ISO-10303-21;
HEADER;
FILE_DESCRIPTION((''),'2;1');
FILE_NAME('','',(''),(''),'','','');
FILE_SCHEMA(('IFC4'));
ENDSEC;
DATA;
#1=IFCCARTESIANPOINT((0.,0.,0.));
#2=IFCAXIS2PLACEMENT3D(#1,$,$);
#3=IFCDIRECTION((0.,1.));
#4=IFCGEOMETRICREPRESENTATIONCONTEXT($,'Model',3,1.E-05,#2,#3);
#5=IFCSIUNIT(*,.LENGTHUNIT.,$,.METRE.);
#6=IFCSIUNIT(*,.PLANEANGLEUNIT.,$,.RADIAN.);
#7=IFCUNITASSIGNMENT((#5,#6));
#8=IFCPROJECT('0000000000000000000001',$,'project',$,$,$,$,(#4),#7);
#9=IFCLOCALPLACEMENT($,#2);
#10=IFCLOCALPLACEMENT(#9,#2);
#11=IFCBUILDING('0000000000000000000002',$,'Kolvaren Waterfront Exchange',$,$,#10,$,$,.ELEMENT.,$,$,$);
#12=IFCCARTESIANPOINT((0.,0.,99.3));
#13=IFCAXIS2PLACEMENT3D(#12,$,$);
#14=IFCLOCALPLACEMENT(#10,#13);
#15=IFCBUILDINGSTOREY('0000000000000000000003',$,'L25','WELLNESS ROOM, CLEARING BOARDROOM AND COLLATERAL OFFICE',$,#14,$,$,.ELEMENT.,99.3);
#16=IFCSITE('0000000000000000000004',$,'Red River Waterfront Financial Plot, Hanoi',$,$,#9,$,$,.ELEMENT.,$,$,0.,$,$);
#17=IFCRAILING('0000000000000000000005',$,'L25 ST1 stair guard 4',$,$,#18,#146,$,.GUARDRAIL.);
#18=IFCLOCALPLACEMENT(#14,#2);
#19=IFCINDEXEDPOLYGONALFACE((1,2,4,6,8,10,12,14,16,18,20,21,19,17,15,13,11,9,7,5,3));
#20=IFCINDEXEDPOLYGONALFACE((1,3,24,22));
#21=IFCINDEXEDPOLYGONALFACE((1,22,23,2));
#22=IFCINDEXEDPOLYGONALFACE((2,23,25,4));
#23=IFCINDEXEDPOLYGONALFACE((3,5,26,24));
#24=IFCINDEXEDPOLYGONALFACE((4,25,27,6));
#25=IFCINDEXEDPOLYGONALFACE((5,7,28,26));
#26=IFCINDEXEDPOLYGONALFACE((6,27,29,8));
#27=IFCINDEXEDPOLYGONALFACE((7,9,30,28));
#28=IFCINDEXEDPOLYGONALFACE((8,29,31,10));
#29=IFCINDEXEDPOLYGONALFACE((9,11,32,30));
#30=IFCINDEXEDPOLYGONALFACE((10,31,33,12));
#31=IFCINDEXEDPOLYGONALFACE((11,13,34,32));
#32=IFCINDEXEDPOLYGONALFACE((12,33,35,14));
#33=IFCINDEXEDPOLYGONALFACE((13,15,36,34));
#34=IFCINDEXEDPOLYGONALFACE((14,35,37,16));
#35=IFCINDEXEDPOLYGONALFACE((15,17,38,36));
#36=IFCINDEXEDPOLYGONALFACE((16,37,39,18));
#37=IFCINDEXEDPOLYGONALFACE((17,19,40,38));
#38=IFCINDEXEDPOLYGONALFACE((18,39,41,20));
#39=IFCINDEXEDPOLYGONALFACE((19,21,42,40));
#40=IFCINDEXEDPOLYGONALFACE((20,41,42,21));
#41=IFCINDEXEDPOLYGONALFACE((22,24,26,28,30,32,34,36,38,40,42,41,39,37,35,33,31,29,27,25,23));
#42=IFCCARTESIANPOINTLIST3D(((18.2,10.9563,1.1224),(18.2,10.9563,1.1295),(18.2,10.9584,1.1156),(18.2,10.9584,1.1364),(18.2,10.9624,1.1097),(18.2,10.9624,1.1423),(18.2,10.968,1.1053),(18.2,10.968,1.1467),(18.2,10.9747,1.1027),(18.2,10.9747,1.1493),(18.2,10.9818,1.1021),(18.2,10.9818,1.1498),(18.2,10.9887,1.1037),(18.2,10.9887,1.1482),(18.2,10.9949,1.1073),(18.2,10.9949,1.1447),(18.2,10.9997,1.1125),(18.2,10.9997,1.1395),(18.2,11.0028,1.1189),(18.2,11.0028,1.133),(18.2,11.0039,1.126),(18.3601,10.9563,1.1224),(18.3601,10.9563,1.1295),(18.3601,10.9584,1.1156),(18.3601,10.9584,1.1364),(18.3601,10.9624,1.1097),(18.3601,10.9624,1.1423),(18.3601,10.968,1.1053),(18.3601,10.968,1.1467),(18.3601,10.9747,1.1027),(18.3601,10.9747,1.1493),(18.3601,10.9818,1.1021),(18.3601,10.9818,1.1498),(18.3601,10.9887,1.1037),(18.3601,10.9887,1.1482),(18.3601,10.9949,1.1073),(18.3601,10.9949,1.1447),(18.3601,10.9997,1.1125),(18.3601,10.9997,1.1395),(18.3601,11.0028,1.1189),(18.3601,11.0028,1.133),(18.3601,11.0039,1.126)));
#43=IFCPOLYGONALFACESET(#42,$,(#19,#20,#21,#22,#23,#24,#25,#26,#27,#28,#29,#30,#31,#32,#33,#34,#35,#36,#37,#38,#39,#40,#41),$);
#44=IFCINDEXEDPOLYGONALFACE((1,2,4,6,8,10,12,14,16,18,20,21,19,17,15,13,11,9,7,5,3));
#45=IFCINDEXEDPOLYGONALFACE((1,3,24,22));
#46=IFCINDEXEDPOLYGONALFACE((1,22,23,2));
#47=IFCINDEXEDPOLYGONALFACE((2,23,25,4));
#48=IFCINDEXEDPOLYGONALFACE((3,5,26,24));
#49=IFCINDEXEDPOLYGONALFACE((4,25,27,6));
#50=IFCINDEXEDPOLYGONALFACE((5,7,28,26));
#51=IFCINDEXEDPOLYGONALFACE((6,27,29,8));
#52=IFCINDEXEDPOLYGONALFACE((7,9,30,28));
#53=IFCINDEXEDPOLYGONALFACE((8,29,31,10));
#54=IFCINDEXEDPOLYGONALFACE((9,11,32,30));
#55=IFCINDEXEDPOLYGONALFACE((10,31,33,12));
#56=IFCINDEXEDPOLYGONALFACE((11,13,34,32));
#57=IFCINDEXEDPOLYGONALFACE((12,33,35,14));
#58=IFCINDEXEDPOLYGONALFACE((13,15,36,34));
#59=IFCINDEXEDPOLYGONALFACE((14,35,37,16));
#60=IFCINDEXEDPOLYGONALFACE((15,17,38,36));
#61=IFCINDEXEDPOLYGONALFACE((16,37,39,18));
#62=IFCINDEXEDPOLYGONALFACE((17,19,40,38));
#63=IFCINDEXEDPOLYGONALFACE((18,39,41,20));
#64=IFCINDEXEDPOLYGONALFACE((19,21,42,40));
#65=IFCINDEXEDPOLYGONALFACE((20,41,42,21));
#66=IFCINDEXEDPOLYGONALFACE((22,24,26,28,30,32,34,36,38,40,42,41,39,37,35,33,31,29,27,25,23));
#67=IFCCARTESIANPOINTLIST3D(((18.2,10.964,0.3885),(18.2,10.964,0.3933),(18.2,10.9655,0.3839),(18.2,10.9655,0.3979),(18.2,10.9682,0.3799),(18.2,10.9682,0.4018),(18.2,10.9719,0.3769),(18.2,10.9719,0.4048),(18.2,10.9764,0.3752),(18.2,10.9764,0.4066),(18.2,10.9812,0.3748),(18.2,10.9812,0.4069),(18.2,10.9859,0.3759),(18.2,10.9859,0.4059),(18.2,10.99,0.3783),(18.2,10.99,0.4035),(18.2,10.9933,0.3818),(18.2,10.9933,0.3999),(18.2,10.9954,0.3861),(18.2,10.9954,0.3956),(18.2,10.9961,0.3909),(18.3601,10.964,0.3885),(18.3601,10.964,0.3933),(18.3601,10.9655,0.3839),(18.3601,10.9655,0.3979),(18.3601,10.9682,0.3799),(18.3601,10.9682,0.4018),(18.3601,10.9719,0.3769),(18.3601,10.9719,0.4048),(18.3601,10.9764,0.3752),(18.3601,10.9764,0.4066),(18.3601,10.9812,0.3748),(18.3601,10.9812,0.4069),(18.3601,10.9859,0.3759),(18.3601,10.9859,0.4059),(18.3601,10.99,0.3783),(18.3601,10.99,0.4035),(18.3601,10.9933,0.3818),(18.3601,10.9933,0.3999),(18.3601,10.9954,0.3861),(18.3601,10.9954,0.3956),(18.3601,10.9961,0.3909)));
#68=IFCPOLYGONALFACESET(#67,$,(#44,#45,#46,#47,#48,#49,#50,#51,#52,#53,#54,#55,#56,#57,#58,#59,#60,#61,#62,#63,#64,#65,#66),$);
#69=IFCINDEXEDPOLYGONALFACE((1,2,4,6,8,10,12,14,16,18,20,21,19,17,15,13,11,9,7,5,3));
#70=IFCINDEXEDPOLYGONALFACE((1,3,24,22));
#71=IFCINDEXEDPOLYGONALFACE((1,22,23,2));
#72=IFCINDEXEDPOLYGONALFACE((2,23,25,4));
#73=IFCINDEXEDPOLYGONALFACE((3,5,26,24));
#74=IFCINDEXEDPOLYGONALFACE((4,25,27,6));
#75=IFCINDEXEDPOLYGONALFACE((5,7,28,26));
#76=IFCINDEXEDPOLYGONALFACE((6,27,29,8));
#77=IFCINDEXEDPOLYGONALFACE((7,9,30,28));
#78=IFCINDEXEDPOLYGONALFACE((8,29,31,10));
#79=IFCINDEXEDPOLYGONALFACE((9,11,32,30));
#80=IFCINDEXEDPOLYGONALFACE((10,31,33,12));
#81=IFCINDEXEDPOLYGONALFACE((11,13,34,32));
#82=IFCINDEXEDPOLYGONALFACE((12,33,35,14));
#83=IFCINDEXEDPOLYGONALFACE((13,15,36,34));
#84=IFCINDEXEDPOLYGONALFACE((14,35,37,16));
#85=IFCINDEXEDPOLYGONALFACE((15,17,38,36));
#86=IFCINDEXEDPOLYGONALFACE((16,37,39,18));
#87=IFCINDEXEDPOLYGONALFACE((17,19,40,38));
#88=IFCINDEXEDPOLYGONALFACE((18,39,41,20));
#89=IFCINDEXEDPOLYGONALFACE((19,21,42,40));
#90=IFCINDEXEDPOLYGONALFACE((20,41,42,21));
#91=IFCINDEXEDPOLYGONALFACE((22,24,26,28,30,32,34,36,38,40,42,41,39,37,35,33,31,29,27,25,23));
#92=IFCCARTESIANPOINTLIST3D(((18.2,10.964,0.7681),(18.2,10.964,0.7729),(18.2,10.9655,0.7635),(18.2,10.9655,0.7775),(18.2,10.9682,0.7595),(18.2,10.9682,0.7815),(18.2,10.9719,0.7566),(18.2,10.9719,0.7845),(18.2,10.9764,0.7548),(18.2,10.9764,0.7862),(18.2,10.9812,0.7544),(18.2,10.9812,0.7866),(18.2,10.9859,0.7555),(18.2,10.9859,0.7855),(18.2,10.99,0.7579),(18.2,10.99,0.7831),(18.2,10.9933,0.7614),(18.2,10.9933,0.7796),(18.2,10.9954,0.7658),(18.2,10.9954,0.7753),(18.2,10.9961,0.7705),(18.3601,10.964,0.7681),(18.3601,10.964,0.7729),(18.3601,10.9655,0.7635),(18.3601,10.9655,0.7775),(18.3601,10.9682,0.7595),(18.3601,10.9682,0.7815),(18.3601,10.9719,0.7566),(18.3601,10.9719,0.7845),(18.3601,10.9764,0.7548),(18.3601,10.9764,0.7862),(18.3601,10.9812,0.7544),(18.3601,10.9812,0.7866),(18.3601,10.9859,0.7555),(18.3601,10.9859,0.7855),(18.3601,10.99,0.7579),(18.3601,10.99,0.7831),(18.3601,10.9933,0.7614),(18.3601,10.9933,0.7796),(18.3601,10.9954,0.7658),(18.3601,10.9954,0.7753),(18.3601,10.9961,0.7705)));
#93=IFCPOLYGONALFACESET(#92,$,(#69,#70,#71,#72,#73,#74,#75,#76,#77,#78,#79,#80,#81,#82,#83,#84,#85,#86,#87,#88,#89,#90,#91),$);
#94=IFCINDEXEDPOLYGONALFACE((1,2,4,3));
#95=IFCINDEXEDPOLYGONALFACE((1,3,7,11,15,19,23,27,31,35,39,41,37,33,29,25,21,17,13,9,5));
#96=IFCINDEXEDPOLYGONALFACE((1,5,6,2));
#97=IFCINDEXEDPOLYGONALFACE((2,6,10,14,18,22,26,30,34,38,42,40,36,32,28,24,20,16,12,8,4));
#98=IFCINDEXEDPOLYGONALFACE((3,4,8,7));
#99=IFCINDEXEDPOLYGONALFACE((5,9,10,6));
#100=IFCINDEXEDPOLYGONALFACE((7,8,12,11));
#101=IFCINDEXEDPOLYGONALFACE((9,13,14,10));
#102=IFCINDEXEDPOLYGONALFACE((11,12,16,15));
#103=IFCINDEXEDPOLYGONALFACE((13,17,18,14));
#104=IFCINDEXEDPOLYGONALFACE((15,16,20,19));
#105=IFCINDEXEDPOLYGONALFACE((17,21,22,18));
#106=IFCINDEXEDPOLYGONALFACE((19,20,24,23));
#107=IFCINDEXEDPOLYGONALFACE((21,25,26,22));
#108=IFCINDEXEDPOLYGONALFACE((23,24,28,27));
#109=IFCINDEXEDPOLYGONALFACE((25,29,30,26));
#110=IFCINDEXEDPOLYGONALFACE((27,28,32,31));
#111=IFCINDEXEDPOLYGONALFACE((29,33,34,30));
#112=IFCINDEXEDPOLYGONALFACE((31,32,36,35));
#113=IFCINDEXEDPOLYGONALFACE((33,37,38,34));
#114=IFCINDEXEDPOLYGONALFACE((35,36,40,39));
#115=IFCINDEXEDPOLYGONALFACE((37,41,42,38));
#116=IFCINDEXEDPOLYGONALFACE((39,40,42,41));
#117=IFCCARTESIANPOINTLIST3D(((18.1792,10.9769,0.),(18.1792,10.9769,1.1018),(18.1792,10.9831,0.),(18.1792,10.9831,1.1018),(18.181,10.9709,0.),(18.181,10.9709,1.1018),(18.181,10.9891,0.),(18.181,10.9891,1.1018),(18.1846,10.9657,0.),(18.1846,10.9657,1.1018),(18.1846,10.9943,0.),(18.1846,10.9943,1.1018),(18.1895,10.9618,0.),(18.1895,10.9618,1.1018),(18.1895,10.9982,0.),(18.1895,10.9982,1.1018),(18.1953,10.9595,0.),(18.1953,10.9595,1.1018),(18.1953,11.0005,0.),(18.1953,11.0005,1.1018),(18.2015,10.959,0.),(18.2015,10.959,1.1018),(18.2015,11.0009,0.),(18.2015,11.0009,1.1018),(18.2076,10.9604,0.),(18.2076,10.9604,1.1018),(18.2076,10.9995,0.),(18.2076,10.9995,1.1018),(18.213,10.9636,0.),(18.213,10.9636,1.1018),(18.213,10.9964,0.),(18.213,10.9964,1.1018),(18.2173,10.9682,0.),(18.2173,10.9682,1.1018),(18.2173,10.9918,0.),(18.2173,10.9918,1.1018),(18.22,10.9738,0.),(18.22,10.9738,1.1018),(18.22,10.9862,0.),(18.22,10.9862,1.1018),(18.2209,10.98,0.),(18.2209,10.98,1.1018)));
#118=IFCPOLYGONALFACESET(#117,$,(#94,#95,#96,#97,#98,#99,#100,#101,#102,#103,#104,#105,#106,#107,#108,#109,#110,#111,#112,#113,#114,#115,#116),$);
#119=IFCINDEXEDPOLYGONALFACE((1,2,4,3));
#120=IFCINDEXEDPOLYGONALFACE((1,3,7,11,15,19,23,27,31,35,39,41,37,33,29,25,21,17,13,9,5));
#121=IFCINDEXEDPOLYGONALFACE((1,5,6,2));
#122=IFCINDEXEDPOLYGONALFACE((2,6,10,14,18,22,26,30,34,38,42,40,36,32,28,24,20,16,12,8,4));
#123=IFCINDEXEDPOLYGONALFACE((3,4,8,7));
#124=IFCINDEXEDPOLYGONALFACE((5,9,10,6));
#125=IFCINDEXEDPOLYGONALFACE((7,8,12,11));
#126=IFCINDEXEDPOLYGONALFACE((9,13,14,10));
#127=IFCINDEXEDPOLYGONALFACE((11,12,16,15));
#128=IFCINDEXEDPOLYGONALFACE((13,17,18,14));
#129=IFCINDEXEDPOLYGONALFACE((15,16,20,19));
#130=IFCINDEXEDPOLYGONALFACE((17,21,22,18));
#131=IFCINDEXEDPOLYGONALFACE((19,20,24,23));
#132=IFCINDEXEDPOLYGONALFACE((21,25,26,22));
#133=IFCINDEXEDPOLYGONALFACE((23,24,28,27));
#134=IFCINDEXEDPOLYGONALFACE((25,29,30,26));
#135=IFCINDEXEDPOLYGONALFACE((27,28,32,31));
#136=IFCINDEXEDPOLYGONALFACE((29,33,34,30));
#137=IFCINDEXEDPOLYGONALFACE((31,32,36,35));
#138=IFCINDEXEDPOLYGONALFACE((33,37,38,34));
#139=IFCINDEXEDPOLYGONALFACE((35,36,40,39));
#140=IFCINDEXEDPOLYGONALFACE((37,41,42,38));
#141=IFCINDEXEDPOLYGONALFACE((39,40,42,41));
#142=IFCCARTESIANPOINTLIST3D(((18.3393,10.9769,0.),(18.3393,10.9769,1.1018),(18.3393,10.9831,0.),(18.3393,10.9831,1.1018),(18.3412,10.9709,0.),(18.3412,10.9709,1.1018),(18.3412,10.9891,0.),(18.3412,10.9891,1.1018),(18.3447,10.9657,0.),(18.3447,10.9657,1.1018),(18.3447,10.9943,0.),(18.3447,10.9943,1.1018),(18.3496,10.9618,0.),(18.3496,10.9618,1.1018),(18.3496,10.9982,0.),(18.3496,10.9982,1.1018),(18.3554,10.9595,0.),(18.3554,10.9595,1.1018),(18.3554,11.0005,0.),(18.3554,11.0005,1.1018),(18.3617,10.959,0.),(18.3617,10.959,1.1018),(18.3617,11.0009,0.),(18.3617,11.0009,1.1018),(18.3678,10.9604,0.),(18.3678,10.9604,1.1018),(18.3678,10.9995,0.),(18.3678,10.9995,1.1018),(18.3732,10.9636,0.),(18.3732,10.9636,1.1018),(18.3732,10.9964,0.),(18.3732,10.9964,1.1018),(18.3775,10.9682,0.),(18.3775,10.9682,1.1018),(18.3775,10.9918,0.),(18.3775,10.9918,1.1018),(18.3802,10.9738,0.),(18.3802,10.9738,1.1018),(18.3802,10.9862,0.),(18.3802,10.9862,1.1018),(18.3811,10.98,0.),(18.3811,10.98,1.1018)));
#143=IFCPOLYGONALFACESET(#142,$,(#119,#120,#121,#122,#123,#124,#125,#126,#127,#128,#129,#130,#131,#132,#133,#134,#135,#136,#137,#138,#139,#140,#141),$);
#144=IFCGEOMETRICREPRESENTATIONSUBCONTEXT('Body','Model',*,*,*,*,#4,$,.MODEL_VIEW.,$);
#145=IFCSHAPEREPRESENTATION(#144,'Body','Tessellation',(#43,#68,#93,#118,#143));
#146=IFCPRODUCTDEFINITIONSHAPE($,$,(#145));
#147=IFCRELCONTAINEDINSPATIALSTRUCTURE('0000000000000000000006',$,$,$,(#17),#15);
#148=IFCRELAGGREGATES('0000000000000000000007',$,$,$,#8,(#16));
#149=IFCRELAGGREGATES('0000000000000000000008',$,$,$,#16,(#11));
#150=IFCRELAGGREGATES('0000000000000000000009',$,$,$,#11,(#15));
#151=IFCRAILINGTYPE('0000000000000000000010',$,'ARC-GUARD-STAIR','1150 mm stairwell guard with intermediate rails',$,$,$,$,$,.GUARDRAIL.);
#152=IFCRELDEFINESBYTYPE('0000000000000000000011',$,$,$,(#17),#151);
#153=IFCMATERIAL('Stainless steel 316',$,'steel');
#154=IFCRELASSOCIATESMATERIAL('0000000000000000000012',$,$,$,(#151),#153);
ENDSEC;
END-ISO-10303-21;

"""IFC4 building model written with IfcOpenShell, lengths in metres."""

from ifc_helpers import new_model, si_unit, direction, frame, origin, origin_2d, place, context, subcontext, project, spatial, circle, extrude, material, type_object, element, save


model = new_model("IFC4")

# Units and contexts
model_context = context("Model", 3, precision=1e-05, world=origin(), true_north=direction((0.0, 1.0)))
body_context = subcontext(model_context, "Body", "Model", "MODEL_VIEW")
ifc_project = project(units=[si_unit("LENGTHUNIT", "METRE"), si_unit("PLANEANGLEUNIT", "RADIAN")], contexts=[model_context])

# Site, building, storey
site_placement = place(None, origin())
site = spatial("IfcSite", under=ifc_project, at=site_placement, Name="Red River Waterfront Financial Plot, Hanoi", CompositionType="ELEMENT", RefElevation=0.0)
building_placement = place(site_placement, origin())
building = spatial("IfcBuilding", under=site, at=building_placement, Name="Kolvaren Waterfront Exchange", CompositionType="ELEMENT")
storey_placement = place(building_placement, frame((0.0, 0.0, 99.3)))
storey = spatial("IfcBuildingStorey", under=building, at=storey_placement, Name="L25", Description="WELLNESS ROOM, CLEARING BOARDROOM AND COLLATERAL OFFICE", CompositionType="ELEMENT", Elevation=99.3)

# Railing
ifc_material_1 = material(Name="Stainless steel 316", Category="steel")
railing_type_1 = type_object("IfcRailingType", Name="ARC-GUARD-STAIR", Description="1150 mm stairwell guard with intermediate rails", PredefinedType="GUARDRAIL", material=ifc_material_1)
railing_1_placement = place(storey_placement, frame((18.2, 10.98, 0.0)))
element("IfcRailing", 1, at=railing_1_placement, inside=storey, type_object=railing_type_1, Name="L25 ST1 stair guard 4", PredefinedType="GUARDRAIL", context=body_context, shape_type="SweptSolid", body=[
    extrude(circle(Radius=0.0239, at=origin_2d()), frame((0.0, 0.0, 1.126), z_axis=(1.0, 0.0, 0.0), x_axis=(0.0, 1.0, 0.0)), (0.0, 0.0, 1.0), 0.1602),
    extrude(circle(Radius=0.0161, at=origin_2d()), frame((0.0, 0.0, 0.3909), z_axis=(1.0, 0.0, 0.0), x_axis=(0.0, 1.0, 0.0)), (0.0, 0.0, 1.0), 0.1602),
    extrude(circle(Radius=0.0161, at=origin_2d()), frame((0.0, 0.0, 0.7705), z_axis=(1.0, 0.0, 0.0), x_axis=(0.0, 1.0, 0.0)), (0.0, 0.0, 1.0), 0.1602),
    extrude(circle(Radius=0.021, at=origin_2d()), origin(), (0.0, 0.0, 1.0), 1.1018),
    extrude(circle(Radius=0.021, at=origin_2d()), frame((0.1602, 0.0, 0.0)), (0.0, 0.0, 1.0), 1.1018),
])

save(model, "model.ifc")
